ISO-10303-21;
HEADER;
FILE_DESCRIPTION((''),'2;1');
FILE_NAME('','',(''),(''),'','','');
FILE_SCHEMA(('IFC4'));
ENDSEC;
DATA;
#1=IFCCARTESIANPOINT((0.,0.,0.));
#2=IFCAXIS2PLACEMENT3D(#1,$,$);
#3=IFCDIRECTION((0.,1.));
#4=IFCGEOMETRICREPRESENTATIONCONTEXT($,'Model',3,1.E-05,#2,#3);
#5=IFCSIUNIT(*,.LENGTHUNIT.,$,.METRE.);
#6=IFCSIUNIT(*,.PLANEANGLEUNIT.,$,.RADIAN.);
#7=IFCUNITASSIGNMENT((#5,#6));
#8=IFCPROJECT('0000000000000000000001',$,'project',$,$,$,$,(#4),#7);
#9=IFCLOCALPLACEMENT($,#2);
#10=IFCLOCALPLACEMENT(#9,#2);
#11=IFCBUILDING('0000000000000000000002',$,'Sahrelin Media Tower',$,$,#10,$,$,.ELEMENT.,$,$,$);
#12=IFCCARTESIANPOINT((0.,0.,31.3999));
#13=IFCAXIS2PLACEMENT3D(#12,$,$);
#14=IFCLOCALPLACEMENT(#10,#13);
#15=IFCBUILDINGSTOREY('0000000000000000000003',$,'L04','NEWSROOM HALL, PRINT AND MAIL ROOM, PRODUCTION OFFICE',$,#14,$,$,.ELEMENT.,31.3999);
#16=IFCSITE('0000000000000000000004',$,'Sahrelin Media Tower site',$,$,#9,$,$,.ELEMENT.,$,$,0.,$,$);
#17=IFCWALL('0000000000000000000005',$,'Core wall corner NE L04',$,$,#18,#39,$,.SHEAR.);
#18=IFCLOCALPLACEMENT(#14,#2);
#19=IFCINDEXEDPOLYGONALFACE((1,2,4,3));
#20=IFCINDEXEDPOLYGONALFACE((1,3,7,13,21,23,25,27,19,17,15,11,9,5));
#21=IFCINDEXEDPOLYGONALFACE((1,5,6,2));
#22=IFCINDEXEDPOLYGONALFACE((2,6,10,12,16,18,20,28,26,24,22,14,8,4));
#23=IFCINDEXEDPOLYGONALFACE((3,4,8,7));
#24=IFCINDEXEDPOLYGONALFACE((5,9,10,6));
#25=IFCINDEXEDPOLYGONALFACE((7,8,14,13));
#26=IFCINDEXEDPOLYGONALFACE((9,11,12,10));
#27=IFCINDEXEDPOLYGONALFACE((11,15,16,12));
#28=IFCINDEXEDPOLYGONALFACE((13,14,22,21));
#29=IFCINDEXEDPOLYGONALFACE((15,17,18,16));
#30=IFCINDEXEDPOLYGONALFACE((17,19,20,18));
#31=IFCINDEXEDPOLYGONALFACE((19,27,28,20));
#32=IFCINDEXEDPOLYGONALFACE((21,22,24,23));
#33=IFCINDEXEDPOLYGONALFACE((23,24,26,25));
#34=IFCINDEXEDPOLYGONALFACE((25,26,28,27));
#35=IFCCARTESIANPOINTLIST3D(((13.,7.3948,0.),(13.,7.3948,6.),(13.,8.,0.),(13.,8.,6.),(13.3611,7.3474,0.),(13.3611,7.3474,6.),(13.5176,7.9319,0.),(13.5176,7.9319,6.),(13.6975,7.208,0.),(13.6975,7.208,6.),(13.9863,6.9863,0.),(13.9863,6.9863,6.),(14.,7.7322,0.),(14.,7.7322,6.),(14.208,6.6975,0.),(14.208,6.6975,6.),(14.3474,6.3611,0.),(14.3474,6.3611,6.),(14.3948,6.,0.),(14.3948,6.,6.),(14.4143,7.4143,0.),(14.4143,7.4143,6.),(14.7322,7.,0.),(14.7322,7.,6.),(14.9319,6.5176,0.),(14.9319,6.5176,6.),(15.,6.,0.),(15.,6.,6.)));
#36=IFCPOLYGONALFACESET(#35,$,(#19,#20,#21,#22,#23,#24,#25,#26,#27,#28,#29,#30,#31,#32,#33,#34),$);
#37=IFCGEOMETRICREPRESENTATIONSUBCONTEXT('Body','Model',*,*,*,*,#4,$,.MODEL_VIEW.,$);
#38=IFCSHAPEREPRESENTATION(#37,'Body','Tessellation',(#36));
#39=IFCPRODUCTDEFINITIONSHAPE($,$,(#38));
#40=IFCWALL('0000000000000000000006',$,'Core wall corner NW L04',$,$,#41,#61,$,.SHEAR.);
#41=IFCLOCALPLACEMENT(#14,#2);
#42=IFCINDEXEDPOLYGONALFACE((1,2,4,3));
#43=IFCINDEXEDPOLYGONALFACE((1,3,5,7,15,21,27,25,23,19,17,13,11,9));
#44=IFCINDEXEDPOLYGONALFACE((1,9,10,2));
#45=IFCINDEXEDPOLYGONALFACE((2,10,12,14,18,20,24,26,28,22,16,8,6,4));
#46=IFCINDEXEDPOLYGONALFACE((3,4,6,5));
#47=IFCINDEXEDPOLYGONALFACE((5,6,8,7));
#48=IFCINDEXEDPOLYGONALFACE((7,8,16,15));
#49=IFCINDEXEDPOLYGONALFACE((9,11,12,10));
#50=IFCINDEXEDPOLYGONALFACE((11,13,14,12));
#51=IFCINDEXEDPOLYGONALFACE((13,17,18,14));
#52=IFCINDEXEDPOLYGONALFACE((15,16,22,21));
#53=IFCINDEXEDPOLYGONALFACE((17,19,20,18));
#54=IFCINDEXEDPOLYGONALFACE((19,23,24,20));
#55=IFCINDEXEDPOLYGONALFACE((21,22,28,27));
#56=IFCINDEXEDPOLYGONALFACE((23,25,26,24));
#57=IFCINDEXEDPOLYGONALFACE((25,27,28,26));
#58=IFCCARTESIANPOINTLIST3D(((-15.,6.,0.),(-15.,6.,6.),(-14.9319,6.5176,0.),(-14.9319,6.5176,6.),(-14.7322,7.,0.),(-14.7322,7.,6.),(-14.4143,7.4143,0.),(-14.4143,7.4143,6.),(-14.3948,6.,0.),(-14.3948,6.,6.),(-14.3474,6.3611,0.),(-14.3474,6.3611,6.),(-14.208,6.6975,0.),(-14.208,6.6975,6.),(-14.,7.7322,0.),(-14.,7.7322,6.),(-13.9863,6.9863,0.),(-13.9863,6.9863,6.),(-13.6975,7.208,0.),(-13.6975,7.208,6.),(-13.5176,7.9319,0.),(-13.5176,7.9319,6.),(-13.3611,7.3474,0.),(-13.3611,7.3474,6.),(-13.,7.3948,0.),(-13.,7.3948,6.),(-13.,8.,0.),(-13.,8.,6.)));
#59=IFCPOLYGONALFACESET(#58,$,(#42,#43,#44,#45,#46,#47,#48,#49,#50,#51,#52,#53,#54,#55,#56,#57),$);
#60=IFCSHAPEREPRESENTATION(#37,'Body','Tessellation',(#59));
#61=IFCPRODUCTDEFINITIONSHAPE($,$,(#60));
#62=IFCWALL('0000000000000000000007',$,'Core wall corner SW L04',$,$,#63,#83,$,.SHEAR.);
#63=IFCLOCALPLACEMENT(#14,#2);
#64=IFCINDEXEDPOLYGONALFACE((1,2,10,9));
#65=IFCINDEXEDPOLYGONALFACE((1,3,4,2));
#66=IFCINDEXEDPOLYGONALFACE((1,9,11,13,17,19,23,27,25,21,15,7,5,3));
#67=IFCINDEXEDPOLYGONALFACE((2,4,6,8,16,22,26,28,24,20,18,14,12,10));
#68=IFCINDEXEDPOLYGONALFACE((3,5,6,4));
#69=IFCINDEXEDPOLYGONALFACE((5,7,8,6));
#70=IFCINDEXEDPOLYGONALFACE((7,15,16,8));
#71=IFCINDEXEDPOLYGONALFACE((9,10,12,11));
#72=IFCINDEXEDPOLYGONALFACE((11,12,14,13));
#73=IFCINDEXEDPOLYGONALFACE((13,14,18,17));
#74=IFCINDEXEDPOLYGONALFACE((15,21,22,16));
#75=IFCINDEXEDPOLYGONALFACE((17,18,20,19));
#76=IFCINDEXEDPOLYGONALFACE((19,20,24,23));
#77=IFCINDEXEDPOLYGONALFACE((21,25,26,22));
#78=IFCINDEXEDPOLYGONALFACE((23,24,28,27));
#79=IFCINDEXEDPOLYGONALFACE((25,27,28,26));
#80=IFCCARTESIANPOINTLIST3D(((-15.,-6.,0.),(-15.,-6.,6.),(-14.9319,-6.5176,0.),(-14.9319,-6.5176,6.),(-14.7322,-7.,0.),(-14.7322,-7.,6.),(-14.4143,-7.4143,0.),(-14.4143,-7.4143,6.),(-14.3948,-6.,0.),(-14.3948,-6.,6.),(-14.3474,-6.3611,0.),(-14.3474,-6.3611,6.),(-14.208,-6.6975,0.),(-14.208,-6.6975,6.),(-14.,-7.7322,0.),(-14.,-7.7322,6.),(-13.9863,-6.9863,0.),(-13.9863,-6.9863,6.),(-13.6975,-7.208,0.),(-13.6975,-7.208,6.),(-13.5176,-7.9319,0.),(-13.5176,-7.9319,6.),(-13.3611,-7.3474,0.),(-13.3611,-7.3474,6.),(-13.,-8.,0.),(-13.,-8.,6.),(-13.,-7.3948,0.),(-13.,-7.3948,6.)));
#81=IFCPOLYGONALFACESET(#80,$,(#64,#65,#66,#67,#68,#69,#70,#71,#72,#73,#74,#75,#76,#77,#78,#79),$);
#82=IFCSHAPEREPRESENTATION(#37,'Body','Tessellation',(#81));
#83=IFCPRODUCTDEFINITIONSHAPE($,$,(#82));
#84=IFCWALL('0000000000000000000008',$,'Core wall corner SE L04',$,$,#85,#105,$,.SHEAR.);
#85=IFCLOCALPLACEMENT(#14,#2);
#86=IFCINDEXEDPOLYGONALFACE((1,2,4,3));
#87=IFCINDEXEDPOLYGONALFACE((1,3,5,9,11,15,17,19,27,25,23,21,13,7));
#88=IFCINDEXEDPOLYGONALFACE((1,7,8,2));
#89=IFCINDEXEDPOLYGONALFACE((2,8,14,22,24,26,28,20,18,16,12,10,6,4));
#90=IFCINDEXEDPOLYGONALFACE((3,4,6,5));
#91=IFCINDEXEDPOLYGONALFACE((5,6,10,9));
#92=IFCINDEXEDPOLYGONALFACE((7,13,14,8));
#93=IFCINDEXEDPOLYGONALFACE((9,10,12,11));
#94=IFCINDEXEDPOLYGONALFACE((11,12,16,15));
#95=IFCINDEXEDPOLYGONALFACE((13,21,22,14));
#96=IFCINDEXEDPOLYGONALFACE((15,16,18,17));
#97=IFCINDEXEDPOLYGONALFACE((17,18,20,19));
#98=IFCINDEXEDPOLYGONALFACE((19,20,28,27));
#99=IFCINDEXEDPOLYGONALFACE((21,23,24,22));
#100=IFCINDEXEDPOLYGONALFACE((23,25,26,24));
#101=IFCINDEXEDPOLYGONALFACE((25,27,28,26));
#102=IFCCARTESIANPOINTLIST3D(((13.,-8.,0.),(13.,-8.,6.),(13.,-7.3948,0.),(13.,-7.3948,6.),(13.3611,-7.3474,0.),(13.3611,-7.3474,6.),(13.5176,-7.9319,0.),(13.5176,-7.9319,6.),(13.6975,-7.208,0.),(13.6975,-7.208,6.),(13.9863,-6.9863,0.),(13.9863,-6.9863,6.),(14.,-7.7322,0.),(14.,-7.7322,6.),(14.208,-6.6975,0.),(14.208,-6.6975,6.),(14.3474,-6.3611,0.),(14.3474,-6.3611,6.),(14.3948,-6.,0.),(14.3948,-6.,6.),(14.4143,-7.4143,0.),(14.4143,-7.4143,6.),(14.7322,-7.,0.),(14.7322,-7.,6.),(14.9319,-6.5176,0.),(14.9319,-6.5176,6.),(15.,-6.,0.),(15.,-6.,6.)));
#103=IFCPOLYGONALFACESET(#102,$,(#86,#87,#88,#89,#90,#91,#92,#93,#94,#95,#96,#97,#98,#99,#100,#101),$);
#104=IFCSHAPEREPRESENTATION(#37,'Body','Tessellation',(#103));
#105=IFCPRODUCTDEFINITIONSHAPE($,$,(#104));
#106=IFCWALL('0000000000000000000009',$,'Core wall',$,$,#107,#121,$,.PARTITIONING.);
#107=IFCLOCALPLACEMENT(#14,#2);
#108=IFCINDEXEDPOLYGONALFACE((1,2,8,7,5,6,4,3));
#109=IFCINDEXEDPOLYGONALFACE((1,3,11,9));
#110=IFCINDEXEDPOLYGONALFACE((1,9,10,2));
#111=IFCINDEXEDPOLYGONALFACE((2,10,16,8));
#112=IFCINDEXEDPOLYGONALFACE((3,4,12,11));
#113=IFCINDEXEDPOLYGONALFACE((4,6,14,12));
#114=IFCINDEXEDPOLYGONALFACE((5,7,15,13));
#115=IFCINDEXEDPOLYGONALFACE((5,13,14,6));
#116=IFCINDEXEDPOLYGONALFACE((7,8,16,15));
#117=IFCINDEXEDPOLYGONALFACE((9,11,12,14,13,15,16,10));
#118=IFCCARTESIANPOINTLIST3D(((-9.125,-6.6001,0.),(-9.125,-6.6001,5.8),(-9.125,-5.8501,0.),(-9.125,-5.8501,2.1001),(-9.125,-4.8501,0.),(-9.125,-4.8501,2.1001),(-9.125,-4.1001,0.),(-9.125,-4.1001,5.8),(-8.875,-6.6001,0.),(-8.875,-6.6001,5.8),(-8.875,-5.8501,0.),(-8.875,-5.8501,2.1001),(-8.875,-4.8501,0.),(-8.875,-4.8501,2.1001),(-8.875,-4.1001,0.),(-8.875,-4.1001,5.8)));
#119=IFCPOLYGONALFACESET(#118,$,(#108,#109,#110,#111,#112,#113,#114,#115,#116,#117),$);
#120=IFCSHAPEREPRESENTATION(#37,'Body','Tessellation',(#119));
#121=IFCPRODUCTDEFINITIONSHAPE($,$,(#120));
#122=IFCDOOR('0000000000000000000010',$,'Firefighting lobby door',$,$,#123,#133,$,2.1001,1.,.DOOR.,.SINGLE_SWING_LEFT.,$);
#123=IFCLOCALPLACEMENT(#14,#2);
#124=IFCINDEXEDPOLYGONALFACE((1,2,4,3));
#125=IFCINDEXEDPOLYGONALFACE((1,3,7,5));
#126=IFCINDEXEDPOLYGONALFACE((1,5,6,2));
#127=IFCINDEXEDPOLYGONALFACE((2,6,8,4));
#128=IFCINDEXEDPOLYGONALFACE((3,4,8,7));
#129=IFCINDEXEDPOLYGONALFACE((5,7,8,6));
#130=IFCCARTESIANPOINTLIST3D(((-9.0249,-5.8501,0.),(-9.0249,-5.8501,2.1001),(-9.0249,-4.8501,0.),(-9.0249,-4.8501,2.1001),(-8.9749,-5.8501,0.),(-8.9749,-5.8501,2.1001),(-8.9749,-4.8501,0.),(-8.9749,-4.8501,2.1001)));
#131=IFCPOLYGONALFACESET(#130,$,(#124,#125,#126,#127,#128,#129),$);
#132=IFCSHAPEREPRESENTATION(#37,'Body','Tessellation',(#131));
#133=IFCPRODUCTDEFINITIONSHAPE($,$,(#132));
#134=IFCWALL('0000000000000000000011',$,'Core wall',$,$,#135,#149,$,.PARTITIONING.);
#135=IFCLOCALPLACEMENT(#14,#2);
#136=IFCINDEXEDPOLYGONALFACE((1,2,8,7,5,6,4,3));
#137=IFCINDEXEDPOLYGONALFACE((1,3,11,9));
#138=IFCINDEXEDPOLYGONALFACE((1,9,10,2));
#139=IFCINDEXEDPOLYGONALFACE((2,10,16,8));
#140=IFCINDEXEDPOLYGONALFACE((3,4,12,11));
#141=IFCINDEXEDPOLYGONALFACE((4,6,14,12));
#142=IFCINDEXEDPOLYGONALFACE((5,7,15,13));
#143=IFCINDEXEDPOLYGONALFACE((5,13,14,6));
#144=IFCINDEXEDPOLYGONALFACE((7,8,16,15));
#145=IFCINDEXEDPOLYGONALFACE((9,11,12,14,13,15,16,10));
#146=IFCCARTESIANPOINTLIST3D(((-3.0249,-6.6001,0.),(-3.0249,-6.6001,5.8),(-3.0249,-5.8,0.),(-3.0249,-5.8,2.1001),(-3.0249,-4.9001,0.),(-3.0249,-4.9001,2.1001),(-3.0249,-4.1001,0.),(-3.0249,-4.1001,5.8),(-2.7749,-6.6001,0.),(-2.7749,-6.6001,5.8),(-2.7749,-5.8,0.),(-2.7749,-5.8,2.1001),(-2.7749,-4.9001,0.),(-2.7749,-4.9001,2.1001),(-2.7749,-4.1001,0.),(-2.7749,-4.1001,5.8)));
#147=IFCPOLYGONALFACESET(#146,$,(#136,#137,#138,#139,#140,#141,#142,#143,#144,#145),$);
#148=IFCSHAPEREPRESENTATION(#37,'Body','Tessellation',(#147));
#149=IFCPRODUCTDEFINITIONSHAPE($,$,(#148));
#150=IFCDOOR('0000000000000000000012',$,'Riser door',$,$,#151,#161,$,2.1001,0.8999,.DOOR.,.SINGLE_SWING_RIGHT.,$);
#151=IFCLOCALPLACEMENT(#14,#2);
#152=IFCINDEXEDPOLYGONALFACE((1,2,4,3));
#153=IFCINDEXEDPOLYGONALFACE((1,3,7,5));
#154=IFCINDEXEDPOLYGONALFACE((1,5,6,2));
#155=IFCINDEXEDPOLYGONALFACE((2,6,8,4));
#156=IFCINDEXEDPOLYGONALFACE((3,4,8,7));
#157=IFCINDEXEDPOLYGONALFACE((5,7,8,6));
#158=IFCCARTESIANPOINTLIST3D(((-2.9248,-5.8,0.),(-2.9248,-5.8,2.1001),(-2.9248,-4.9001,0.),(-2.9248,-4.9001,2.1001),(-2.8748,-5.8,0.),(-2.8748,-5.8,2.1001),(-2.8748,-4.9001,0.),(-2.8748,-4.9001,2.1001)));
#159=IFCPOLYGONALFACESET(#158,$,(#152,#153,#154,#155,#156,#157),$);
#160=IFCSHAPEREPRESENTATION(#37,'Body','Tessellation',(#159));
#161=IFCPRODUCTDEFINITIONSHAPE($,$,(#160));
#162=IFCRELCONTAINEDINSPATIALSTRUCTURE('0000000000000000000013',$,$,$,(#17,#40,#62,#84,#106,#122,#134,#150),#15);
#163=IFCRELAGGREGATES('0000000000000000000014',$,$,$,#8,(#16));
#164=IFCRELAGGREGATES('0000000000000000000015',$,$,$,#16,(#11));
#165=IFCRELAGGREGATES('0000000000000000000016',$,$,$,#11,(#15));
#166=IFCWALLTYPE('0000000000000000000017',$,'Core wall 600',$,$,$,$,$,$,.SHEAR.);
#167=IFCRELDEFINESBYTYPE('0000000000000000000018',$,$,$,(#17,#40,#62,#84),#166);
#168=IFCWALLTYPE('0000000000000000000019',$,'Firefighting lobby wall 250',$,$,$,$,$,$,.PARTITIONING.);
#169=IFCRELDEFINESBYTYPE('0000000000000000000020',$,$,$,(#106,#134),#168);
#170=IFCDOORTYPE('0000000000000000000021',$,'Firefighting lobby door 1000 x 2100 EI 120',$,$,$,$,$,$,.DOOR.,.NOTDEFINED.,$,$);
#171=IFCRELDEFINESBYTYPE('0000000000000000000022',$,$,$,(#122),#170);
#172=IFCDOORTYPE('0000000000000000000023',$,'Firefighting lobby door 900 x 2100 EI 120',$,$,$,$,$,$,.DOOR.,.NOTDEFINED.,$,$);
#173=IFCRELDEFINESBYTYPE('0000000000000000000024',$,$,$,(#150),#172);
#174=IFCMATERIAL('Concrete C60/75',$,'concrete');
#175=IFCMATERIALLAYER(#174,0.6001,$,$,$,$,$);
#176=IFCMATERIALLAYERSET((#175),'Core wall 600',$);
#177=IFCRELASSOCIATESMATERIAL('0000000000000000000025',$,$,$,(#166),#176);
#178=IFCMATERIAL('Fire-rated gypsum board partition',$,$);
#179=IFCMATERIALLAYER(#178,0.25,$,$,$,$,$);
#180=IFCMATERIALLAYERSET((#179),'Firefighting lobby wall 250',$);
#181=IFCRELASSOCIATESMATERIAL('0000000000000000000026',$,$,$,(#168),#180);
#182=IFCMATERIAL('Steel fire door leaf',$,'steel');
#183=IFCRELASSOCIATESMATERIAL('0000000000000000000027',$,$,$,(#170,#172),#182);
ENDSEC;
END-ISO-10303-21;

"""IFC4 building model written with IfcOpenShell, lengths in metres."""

from ifc_helpers import new_model, si_unit, direction, frame, frame_2d, origin, place, context, subcontext, project, spatial, polyline, rectangle, outline, extrude, material, layer, layer_set, type_object, element, fill, save


model = new_model("IFC4")

# Units and contexts
model_context = context("Model", 3, precision=1e-05, world=origin(), true_north=direction((0.0, 1.0)))
body_context = subcontext(model_context, "Body", "Model", "MODEL_VIEW")
ifc_project = project(units=[si_unit("LENGTHUNIT", "METRE"), si_unit("PLANEANGLEUNIT", "RADIAN")], contexts=[model_context])

# Site, building, storey
site_placement = place(None, origin())
site = spatial("IfcSite", under=ifc_project, at=site_placement, Name="Sahrelin Media Tower site", CompositionType="ELEMENT", RefElevation=0.0)
building_placement = place(site_placement, origin())
building = spatial("IfcBuilding", under=site, at=building_placement, Name="Sahrelin Media Tower", CompositionType="ELEMENT")
storey_placement = place(building_placement, frame((0.0, 0.0, 31.3999)))
storey = spatial("IfcBuildingStorey", under=building, at=storey_placement, Name="L04", Description="NEWSROOM HALL, PRINT AND MAIL ROOM, PRODUCTION OFFICE", CompositionType="ELEMENT", Elevation=31.3999)

# Shared definitions
placement_1 = place(storey_placement, origin())

# Walls
ifc_material_1 = material(Name="Concrete C60/75", Category="concrete")
ifc_layer_1 = layer(ifc_material_1, 0.6001)
ifc_layer_set_1 = layer_set([ifc_layer_1], Name="Core wall 600")
wall_type_1 = type_object("IfcWallType", Name="Core wall 600", PredefinedType="SHEAR", material=ifc_layer_set_1)
element("IfcWall", 1, at=placement_1, inside=storey, type_object=wall_type_1, Name="Core wall corner NE L04", PredefinedType="SHEAR", context=body_context, shape_type="SweptSolid", body=[
    extrude(outline(polyline([(13.0, 8.0), (13.0, 7.3948), (13.3611, 7.3474), (13.6975, 7.208), (13.9863, 6.9863), (14.208, 6.6975), (14.3474, 6.3611), (14.3948, 6.0), (15.0, 6.0), (14.9319, 6.5176), (14.7322, 7.0), (14.4143, 7.4143), (14.0, 7.7322), (13.5176, 7.9319), (13.0, 8.0)])), origin(), (0.0, 0.0, 1.0), 6.0),
])
element("IfcWall", 2, at=placement_1, inside=storey, type_object=wall_type_1, Name="Core wall corner NW L04", PredefinedType="SHEAR", context=body_context, shape_type="SweptSolid", body=[
    extrude(outline(polyline([(-15.0, 6.0), (-14.3948, 6.0), (-14.3474, 6.3611), (-14.208, 6.6975), (-13.9863, 6.9863), (-13.6975, 7.208), (-13.3611, 7.3474), (-13.0, 7.3948), (-13.0, 8.0), (-13.5176, 7.9319), (-14.0, 7.7322), (-14.4143, 7.4143), (-14.7322, 7.0), (-14.9319, 6.5176), (-15.0, 6.0)])), origin(), (0.0, 0.0, 1.0), 6.0),
])
element("IfcWall", 3, at=placement_1, inside=storey, type_object=wall_type_1, Name="Core wall corner SW L04", PredefinedType="SHEAR", context=body_context, shape_type="SweptSolid", body=[
    extrude(outline(polyline([(-13.0, -8.0), (-13.0, -7.3948), (-13.3611, -7.3474), (-13.6975, -7.208), (-13.9863, -6.9863), (-14.208, -6.6975), (-14.3474, -6.3611), (-14.3948, -6.0), (-15.0, -6.0), (-14.9319, -6.5176), (-14.7322, -7.0), (-14.4143, -7.4143), (-14.0, -7.7322), (-13.5176, -7.9319), (-13.0, -8.0)])), origin(), (0.0, 0.0, 1.0), 6.0),
])
element("IfcWall", 4, at=placement_1, inside=storey, type_object=wall_type_1, Name="Core wall corner SE L04", PredefinedType="SHEAR", context=body_context, shape_type="SweptSolid", body=[
    extrude(outline(polyline([(15.0, -6.0), (14.3948, -6.0), (14.3474, -6.3611), (14.208, -6.6975), (13.9863, -6.9863), (13.6975, -7.208), (13.3611, -7.3474), (13.0, -7.3948), (13.0, -8.0), (13.5176, -7.9319), (14.0, -7.7322), (14.4143, -7.4143), (14.7322, -7.0), (14.9319, -6.5176), (15.0, -6.0)])), origin(), (0.0, 0.0, 1.0), 6.0),
])

# Walls, openings, doors
ifc_material_2 = material(Name="Fire-rated gypsum board partition")
ifc_layer_2 = layer(ifc_material_2, 0.25)
ifc_layer_set_2 = layer_set([ifc_layer_2], Name="Firefighting lobby wall 250")
wall_type_2 = type_object("IfcWallType", Name="Firefighting lobby wall 250", PredefinedType="PARTITIONING", material=ifc_layer_set_2)
wall_1_placement = place(storey_placement, frame((-9.0, -6.6001, 0.0), z_axis=(0.0, 0.0, 1.0), x_axis=(0.0, 1.0, 0.0)))
wall_1 = element("IfcWall", 5, at=wall_1_placement, inside=storey, type_object=wall_type_2, Name="Core wall", PredefinedType="PARTITIONING", context=body_context, shape_type="SweptSolid", body=[
    extrude(rectangle(XDim=2.5, YDim=0.25, at=frame_2d((1.25, 0.0))), origin(), (0.0, 0.0, 1.0), 5.8),
])
opening_1_placement = place(wall_1_placement, frame((0.75, 0.0, 0.0)))
opening_1 = element("IfcOpeningElement", 6, at=opening_1_placement, cuts=wall_1, PredefinedType="OPENING", context=body_context, shape_type="SweptSolid", body=[
    extrude(rectangle(XDim=1.0, YDim=2.1001, at=frame_2d((0.5, 1.05))), frame((0.0, 0.125, 0.0), z_axis=(0.0, -1.0, 0.0), x_axis=(1.0, 0.0, 0.0)), (0.0, 0.0, 1.0), 0.25),
])
ifc_material_3 = material(Name="Steel fire door leaf", Category="steel")
door_type_1 = type_object("IfcDoorType", Name="Firefighting lobby door 1000 x 2100 EI 120", OperationType="NOTDEFINED", PredefinedType="DOOR", material=ifc_material_3)
door_1_placement = place(opening_1_placement, origin())
door_1 = element("IfcDoor", 7, at=door_1_placement, inside=storey, type_object=door_type_1, Name="Firefighting lobby door", OperationType="SINGLE_SWING_LEFT", OverallHeight=2.1001, OverallWidth=1.0, PredefinedType="DOOR", context=body_context, shape_type="SweptSolid", body=[
    extrude(rectangle(XDim=1.0, YDim=2.1001, at=frame_2d((0.5, 1.05))), frame((0.0, 0.0249, 0.0), z_axis=(0.0, -1.0, 0.0), x_axis=(1.0, 0.0, 0.0)), (0.0, 0.0, 1.0), 0.05),
])
fill(opening_1, door_1)
wall_2_placement = place(storey_placement, frame((-2.8999, -6.6001, 0.0), z_axis=(0.0, 0.0, 1.0), x_axis=(0.0, 1.0, 0.0)))
wall_2 = element("IfcWall", 8, at=wall_2_placement, inside=storey, type_object=wall_type_2, Name="Core wall", PredefinedType="PARTITIONING", context=body_context, shape_type="SweptSolid", body=[
    extrude(rectangle(XDim=2.5, YDim=0.25, at=frame_2d((1.25, 0.0))), origin(), (0.0, 0.0, 1.0), 5.8),
])
opening_2_placement = place(wall_2_placement, frame((0.8, 0.0, 0.0)))
opening_2 = element("IfcOpeningElement", 9, at=opening_2_placement, cuts=wall_2, PredefinedType="OPENING", context=body_context, shape_type="SweptSolid", body=[
    extrude(rectangle(XDim=0.8999, YDim=2.1001, at=frame_2d((0.45, 1.05))), frame((0.0, 0.125, 0.0), z_axis=(0.0, -1.0, 0.0), x_axis=(1.0, 0.0, 0.0)), (0.0, 0.0, 1.0), 0.25),
])
door_type_2 = type_object("IfcDoorType", Name="Firefighting lobby door 900 x 2100 EI 120", OperationType="NOTDEFINED", PredefinedType="DOOR", material=ifc_material_3)
door_2_placement = place(opening_2_placement, origin())
door_2 = element("IfcDoor", 10, at=door_2_placement, inside=storey, type_object=door_type_2, Name="Riser door", OperationType="SINGLE_SWING_RIGHT", OverallHeight=2.1001, OverallWidth=0.8999, PredefinedType="DOOR", context=body_context, shape_type="SweptSolid", body=[
    extrude(rectangle(XDim=0.8999, YDim=2.1001, at=frame_2d((0.45, 1.05))), frame((0.0, 0.0249, 0.0), z_axis=(0.0, -1.0, 0.0), x_axis=(1.0, 0.0, 0.0)), (0.0, 0.0, 1.0), 0.05),
])
fill(opening_2, door_2)

save(model, "model.ifc")
